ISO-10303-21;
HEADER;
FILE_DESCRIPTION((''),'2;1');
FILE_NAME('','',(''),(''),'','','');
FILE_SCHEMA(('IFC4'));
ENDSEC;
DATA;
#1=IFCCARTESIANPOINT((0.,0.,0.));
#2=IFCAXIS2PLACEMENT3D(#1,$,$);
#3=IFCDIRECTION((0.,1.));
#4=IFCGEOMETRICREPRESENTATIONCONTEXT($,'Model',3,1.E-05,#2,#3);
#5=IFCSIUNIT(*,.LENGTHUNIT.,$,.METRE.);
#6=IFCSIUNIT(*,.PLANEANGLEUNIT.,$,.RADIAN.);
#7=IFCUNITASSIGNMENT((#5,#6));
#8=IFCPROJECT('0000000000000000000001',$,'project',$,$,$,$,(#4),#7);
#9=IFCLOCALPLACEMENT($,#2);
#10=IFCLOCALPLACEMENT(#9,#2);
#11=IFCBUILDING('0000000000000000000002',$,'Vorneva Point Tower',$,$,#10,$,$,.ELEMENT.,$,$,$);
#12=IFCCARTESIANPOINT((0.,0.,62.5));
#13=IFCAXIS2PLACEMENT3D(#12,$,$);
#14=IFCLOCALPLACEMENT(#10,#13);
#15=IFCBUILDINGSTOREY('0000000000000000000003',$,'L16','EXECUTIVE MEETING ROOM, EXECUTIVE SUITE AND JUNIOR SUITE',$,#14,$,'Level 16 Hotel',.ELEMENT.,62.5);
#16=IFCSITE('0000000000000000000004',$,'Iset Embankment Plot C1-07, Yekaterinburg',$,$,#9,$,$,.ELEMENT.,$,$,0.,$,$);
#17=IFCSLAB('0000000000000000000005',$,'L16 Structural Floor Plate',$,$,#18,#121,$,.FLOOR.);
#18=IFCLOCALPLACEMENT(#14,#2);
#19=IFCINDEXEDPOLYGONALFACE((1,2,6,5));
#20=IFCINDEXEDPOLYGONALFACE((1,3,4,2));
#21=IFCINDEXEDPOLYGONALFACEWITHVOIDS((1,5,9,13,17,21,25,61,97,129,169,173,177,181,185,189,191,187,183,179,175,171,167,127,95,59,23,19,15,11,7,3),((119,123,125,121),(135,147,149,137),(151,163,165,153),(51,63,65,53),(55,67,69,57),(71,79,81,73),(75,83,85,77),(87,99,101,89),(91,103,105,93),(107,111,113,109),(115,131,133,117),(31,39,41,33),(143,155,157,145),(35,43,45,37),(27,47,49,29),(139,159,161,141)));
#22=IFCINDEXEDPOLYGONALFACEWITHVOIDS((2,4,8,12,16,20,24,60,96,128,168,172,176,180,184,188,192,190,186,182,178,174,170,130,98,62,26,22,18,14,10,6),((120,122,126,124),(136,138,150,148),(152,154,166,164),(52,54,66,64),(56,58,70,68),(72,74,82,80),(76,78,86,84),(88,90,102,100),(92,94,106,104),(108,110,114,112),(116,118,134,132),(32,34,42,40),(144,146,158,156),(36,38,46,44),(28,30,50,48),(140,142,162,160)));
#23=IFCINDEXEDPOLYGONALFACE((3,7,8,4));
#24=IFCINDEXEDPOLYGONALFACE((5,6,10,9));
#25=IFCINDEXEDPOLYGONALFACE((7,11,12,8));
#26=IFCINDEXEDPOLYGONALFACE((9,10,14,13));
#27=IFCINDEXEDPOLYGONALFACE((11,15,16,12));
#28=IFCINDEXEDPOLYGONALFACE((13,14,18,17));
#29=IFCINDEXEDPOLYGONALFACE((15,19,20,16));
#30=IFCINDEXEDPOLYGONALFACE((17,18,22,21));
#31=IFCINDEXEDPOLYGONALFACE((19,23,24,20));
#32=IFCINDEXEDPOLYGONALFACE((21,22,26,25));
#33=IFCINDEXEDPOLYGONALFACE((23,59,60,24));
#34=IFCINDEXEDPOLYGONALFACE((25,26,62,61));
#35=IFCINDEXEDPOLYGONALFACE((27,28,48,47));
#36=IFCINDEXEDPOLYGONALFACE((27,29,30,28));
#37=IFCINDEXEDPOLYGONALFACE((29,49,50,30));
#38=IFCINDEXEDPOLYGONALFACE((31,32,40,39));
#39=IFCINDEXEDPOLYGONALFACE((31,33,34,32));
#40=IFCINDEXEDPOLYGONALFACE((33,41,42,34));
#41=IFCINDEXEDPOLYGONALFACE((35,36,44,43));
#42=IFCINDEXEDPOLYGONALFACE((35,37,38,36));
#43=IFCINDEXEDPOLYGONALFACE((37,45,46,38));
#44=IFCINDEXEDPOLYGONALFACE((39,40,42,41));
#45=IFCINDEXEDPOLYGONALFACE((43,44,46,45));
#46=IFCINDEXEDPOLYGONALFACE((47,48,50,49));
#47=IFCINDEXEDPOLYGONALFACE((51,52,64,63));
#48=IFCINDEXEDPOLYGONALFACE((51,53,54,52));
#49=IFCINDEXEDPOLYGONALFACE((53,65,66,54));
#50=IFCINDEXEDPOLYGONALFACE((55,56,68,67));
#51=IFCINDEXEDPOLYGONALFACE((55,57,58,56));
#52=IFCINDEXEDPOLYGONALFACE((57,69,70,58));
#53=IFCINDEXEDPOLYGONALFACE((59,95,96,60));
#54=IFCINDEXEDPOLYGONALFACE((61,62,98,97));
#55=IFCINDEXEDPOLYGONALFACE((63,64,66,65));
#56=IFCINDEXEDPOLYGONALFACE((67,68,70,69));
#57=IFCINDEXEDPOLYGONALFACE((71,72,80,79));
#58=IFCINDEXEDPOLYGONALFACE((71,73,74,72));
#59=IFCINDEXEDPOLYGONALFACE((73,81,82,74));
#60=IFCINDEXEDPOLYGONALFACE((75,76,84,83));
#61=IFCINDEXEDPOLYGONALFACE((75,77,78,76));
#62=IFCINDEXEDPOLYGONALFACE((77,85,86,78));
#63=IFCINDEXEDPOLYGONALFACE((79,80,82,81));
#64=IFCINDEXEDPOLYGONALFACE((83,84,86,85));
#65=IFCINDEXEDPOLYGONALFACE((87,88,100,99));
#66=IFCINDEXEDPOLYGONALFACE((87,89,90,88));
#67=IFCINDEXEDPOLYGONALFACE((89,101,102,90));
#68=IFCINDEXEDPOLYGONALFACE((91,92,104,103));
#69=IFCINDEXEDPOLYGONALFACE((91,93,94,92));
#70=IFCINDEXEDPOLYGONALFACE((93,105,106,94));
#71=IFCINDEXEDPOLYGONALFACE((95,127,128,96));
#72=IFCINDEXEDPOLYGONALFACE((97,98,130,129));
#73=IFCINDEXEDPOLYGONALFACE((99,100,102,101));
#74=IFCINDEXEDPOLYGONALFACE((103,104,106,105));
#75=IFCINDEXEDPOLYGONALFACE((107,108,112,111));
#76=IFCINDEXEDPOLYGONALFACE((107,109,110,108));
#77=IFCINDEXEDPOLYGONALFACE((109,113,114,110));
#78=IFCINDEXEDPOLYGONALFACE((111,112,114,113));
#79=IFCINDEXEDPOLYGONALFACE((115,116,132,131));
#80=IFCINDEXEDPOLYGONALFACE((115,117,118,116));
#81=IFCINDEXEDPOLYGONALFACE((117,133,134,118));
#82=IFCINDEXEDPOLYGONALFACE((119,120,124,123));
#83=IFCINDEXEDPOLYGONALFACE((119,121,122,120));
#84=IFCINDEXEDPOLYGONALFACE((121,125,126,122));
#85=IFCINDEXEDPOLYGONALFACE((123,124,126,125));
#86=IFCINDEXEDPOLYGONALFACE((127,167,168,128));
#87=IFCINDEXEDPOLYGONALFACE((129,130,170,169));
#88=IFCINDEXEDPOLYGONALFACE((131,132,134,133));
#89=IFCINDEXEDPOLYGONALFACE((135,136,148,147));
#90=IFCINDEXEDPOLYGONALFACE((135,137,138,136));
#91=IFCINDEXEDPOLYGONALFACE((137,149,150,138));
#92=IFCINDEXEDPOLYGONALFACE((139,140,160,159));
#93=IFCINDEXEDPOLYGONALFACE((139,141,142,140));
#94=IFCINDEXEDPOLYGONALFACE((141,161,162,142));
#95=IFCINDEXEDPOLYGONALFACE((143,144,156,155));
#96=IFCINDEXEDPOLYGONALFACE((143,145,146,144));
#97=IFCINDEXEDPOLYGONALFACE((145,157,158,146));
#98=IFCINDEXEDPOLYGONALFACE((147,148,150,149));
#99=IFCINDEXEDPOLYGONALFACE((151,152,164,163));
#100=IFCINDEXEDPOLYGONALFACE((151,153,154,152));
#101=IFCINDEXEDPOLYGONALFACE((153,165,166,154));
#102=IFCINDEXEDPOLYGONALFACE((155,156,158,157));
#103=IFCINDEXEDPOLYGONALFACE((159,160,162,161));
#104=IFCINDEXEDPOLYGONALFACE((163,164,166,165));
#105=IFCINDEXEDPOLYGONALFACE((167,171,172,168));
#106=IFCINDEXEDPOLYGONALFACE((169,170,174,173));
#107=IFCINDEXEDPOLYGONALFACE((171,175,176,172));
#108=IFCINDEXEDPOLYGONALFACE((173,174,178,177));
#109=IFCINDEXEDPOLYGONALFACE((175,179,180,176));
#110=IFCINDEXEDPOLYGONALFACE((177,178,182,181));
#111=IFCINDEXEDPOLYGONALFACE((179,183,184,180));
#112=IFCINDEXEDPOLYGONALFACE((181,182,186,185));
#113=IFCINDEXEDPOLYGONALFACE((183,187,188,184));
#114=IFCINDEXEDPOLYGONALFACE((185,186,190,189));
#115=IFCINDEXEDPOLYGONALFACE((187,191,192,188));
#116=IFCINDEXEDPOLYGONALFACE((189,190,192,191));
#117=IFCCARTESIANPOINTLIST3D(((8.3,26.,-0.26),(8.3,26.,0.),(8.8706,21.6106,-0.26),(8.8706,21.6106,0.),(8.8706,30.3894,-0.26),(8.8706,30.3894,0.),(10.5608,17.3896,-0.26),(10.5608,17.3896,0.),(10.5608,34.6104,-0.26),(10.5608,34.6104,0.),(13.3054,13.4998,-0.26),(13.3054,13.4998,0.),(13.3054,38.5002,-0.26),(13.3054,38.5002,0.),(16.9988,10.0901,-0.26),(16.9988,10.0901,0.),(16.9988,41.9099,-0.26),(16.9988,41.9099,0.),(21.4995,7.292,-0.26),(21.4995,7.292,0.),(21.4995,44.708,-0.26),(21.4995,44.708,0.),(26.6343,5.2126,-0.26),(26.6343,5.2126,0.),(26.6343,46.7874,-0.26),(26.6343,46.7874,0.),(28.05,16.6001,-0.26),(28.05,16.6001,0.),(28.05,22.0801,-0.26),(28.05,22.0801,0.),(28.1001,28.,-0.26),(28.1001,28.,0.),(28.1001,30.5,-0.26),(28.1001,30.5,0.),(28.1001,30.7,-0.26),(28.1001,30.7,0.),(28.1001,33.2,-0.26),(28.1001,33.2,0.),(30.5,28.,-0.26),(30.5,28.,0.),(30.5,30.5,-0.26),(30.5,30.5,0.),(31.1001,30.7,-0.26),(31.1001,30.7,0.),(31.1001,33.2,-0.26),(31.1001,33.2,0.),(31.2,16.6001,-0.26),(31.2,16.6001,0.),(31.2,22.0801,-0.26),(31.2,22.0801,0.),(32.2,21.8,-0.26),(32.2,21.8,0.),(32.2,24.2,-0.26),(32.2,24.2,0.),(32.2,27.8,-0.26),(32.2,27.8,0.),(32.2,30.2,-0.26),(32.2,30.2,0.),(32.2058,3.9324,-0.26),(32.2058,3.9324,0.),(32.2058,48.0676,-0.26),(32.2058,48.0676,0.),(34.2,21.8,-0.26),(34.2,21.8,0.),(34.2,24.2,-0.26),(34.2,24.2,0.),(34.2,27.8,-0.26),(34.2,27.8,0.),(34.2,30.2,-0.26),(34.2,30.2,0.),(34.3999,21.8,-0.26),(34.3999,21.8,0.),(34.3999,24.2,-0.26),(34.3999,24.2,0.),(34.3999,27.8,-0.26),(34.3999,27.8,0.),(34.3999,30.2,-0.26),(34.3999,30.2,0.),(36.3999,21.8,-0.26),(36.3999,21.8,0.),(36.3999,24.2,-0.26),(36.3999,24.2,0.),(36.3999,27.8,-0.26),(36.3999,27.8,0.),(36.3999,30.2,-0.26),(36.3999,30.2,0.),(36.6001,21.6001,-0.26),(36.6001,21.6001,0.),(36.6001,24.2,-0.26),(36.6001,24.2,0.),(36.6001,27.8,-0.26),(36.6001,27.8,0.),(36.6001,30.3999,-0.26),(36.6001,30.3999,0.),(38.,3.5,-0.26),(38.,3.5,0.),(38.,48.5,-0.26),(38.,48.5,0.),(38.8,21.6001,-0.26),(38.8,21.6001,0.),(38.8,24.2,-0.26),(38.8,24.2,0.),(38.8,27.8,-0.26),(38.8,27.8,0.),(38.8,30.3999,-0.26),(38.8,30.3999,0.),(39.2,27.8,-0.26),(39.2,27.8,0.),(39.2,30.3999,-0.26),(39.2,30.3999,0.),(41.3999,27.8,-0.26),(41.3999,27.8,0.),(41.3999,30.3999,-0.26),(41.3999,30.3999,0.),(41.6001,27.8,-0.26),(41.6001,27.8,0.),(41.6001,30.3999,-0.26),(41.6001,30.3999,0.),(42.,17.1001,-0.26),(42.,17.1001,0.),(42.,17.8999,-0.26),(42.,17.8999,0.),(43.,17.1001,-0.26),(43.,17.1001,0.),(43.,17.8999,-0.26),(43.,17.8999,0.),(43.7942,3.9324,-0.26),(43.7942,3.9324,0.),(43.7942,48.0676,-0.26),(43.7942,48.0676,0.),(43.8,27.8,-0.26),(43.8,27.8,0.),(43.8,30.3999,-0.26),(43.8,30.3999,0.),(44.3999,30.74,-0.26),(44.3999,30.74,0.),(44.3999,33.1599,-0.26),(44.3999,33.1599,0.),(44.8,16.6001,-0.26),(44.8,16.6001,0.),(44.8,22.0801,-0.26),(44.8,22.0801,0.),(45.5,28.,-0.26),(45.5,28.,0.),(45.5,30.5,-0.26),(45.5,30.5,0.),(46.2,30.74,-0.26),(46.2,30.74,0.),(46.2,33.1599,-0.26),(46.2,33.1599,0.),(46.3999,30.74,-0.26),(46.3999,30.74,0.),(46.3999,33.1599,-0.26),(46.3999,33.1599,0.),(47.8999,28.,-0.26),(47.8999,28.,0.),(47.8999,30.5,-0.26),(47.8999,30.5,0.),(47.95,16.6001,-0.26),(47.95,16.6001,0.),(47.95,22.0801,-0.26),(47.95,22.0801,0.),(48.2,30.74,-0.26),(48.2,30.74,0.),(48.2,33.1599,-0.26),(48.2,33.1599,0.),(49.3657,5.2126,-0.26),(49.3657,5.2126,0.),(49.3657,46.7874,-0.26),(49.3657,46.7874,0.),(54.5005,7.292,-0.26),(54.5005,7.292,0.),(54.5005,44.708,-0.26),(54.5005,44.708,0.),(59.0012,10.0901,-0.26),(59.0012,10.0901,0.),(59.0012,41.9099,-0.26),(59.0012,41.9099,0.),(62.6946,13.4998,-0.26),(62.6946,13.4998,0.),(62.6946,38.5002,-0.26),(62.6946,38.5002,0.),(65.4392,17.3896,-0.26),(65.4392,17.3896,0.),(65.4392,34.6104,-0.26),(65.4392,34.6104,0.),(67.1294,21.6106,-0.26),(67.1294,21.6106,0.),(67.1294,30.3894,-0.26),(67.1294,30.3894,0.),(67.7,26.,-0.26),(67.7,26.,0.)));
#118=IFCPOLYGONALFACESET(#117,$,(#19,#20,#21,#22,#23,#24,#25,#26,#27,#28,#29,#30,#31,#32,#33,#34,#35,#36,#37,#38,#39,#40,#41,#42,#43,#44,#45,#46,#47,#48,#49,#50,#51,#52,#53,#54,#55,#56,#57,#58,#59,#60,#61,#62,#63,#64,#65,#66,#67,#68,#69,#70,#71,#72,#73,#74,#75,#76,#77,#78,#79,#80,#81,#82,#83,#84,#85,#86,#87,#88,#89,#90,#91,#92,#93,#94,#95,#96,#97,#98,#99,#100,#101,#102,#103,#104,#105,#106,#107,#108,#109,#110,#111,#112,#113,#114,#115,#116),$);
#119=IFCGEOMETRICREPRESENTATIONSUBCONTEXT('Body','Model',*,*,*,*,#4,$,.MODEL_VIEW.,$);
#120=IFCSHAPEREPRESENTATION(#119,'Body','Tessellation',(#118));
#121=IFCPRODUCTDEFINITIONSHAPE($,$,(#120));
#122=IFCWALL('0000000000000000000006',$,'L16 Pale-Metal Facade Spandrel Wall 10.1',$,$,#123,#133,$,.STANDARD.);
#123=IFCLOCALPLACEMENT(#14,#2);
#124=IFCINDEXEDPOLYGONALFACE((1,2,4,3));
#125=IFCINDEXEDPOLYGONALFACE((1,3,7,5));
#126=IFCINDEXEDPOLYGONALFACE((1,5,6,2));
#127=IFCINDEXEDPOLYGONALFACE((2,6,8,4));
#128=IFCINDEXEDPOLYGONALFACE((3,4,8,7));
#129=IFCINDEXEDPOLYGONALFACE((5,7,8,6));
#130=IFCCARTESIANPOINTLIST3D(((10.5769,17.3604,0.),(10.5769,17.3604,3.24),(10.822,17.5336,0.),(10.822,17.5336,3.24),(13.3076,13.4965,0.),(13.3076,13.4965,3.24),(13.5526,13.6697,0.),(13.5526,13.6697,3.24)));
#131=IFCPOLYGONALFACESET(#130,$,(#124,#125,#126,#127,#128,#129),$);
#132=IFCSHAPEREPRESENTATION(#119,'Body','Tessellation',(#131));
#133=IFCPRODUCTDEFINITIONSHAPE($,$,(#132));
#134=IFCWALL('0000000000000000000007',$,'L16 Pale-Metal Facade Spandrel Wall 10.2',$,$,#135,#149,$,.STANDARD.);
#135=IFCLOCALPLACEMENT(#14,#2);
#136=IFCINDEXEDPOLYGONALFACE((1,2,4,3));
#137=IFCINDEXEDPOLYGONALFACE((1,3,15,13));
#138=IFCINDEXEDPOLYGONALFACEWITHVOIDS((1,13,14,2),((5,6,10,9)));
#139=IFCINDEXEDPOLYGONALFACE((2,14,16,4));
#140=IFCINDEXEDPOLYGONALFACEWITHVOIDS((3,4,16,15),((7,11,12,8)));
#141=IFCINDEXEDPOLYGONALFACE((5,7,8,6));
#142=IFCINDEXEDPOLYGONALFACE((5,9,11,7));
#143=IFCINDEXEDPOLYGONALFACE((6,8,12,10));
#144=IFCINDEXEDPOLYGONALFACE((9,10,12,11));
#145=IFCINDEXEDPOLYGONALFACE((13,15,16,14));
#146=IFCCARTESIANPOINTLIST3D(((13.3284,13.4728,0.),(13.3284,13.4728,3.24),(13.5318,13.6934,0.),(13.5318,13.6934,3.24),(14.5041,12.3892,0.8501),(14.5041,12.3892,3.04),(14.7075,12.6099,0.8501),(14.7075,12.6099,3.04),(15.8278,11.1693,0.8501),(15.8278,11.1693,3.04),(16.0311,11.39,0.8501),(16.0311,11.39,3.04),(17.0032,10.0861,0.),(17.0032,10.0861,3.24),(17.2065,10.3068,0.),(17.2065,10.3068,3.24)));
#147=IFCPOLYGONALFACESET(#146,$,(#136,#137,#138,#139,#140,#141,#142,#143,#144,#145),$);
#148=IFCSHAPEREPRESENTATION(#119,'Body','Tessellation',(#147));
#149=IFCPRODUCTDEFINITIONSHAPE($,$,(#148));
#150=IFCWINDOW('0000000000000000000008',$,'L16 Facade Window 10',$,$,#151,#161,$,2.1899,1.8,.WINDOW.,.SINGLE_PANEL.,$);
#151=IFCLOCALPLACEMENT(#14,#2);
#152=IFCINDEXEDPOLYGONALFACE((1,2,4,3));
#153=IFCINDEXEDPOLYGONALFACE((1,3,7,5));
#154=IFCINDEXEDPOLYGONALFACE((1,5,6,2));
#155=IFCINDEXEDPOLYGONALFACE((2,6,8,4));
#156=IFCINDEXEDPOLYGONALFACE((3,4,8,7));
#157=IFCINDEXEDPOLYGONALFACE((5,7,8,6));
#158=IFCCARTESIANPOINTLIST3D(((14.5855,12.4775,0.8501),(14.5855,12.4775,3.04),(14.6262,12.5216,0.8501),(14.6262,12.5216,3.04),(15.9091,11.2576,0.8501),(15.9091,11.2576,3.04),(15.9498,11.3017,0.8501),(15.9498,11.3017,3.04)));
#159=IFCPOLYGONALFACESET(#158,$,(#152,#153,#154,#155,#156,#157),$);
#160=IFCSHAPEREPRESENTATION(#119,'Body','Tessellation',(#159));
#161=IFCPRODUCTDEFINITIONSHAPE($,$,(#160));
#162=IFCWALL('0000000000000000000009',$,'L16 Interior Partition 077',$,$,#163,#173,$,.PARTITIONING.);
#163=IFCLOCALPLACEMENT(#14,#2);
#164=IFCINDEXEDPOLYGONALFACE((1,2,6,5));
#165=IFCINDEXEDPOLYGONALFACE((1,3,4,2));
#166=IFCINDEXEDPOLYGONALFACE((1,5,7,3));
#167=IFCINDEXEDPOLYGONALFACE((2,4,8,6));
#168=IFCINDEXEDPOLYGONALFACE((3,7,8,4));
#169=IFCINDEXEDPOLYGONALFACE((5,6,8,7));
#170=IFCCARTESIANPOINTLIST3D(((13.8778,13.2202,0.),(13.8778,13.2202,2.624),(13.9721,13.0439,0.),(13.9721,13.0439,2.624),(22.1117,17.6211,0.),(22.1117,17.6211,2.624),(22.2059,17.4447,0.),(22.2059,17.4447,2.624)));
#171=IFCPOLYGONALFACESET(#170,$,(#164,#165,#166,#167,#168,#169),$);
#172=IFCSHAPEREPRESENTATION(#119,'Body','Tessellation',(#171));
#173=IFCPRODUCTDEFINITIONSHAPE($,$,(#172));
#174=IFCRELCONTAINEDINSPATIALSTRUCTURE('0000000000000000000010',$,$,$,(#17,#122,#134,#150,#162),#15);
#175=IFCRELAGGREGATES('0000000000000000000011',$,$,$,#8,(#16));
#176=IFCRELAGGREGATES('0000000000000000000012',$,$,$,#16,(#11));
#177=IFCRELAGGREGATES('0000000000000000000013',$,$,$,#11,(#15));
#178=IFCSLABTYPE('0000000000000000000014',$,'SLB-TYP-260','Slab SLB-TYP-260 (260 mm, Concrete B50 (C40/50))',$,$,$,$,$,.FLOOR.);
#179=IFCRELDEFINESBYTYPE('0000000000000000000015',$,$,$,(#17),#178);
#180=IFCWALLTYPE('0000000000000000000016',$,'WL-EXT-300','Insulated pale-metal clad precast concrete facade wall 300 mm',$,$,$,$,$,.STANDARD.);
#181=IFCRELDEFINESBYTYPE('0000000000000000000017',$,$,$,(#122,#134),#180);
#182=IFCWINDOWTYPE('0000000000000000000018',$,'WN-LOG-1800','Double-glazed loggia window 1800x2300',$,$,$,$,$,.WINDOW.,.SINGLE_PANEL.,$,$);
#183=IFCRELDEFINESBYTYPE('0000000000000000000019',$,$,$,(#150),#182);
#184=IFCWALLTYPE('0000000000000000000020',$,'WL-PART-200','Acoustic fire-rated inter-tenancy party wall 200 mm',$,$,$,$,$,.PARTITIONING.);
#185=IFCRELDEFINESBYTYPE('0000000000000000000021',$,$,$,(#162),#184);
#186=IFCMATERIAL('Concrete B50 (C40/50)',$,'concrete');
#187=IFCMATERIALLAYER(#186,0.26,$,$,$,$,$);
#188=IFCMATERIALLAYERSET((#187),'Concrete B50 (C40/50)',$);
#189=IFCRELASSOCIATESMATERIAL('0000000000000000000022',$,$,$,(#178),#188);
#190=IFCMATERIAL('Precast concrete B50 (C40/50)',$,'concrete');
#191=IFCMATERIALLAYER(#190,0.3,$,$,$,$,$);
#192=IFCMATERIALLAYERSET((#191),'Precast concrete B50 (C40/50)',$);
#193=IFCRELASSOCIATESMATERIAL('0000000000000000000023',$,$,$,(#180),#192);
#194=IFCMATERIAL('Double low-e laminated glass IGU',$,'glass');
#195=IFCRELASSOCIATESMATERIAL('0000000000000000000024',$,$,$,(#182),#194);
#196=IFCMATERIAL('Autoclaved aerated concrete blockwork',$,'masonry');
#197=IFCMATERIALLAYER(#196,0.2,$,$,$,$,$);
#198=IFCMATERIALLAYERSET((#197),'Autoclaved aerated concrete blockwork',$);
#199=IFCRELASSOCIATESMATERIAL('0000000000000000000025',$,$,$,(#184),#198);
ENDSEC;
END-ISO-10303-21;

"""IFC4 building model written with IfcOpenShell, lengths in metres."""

from ifc_helpers import new_model, si_unit, direction, frame, frame_2d, origin, place, context, subcontext, project, spatial, polyline, rectangle, outline, extrude, material, layer, layer_set, type_object, element, fill, save


model = new_model("IFC4")

# Units and contexts
model_context = context("Model", 3, precision=1e-05, world=origin(), true_north=direction((0.0, 1.0)))
body_context = subcontext(model_context, "Body", "Model", "MODEL_VIEW")
ifc_project = project(units=[si_unit("LENGTHUNIT", "METRE"), si_unit("PLANEANGLEUNIT", "RADIAN")], contexts=[model_context])

# Site, building, storey
site_placement = place(None, origin())
site = spatial("IfcSite", under=ifc_project, at=site_placement, Name="Iset Embankment Plot C1-07, Yekaterinburg", CompositionType="ELEMENT", RefElevation=0.0)
building_placement = place(site_placement, origin())
building = spatial("IfcBuilding", under=site, at=building_placement, Name="Vorneva Point Tower", CompositionType="ELEMENT")
storey_placement = place(building_placement, frame((0.0, 0.0, 62.5)))
storey = spatial("IfcBuildingStorey", under=building, at=storey_placement, Name="L16", Description="EXECUTIVE MEETING ROOM, EXECUTIVE SUITE AND JUNIOR SUITE", LongName="Level 16 Hotel", CompositionType="ELEMENT", Elevation=62.5)

# Shared definitions
ifc_material_1 = material(Name="Double low-e laminated glass IGU", Category="glass")

# Shared definitions
ifc_material_2 = material(Name="Concrete B50 (C40/50)", Category="concrete")

# Slab
ifc_layer_1 = layer(ifc_material_2, 0.26)
ifc_layer_set_1 = layer_set([ifc_layer_1], Name="Concrete B50 (C40/50)")
slab_type_1 = type_object("IfcSlabType", Name="SLB-TYP-260", Description="Slab SLB-TYP-260 (260 mm, Concrete B50 (C40/50))", PredefinedType="FLOOR", material=ifc_layer_set_1)
slab_1_placement = place(storey_placement, frame((0.0, 0.0, -0.26)))
element("IfcSlab", 1, at=slab_1_placement, inside=storey, type_object=slab_type_1, Name="L16 Structural Floor Plate", PredefinedType="FLOOR", context=body_context, shape_type="SweptSolid", body=[
    extrude(outline(polyline([(67.7, 26.0), (67.1294, 30.3894), (65.4392, 34.6104), (62.6946, 38.5002), (59.0012, 41.9099), (54.5005, 44.708), (49.3657, 46.7874), (43.7942, 48.0676), (38.0, 48.5), (32.2058, 48.0676), (26.6343, 46.7874), (21.4995, 44.708), (16.9988, 41.9099), (13.3054, 38.5002), (10.5608, 34.6104), (8.8706, 30.3894), (8.3, 26.0), (8.8706, 21.6106), (10.5608, 17.3896), (13.3054, 13.4998), (16.9988, 10.0901), (21.4995, 7.292), (26.6343, 5.2126), (32.2058, 3.9324), (38.0, 3.5), (43.7942, 3.9324), (49.3657, 5.2126), (54.5005, 7.292), (59.0012, 10.0901), (62.6946, 13.4998), (65.4392, 17.3896), (67.1294, 21.6106), (67.7, 26.0)]), holes=[polyline([(32.2, 27.8), (34.2, 27.8), (34.2, 30.2), (32.2, 30.2), (32.2, 27.8)]), polyline([(34.3999, 27.8), (36.3999, 27.8), (36.3999, 30.2), (34.3999, 30.2), (34.3999, 27.8)]), polyline([(36.6001, 27.8), (38.8, 27.8), (38.8, 30.3999), (36.6001, 30.3999), (36.6001, 27.8)]), polyline([(32.2, 21.8), (34.2, 21.8), (34.2, 24.2), (32.2, 24.2), (32.2, 21.8)]), polyline([(34.3999, 21.8), (36.3999, 21.8), (36.3999, 24.2), (34.3999, 24.2), (34.3999, 21.8)]), polyline([(36.6001, 21.6001), (38.8, 21.6001), (38.8, 24.2), (36.6001, 24.2), (36.6001, 21.6001)]), polyline([(39.2, 27.8), (41.3999, 27.8), (41.3999, 30.3999), (39.2, 30.3999), (39.2, 27.8)]), polyline([(41.6001, 27.8), (43.8, 27.8), (43.8, 30.3999), (41.6001, 30.3999), (41.6001, 27.8)]), polyline([(44.3999, 30.74), (46.2, 30.74), (46.2, 33.1599), (44.3999, 33.1599), (44.3999, 30.74)]), polyline([(46.3999, 30.74), (48.2, 30.74), (48.2, 33.1599), (46.3999, 33.1599), (46.3999, 30.74)]), polyline([(28.1001, 28.0), (30.5, 28.0), (30.5, 30.5), (28.1001, 30.5), (28.1001, 28.0)]), polyline([(45.5, 28.0), (47.8999, 28.0), (47.8999, 30.5), (45.5, 30.5), (45.5, 28.0)]), polyline([(28.1001, 30.7), (31.1001, 30.7), (31.1001, 33.2), (28.1001, 33.2), (28.1001, 30.7)]), polyline([(28.05, 16.6001), (31.2, 16.6001), (31.2, 22.0801), (28.05, 22.0801), (28.05, 16.6001)]), polyline([(44.8, 16.6001), (47.95, 16.6001), (47.95, 22.0801), (44.8, 22.0801), (44.8, 16.6001)]), polyline([(42.0, 17.1001), (43.0, 17.1001), (43.0, 17.8999), (42.0, 17.8999), (42.0, 17.1001)])]), origin(), (0.0, 0.0, 1.0), 0.26),
])

# Wall
ifc_material_3 = material(Name="Precast concrete B50 (C40/50)", Category="concrete")
ifc_layer_2 = layer(ifc_material_3, 0.3)
ifc_layer_set_2 = layer_set([ifc_layer_2], Name="Precast concrete B50 (C40/50)")
wall_type_1 = type_object("IfcWallType", Name="WL-EXT-300", Description="Insulated pale-metal clad precast concrete facade wall 300 mm", PredefinedType="STANDARD", material=ifc_layer_set_2)
wall_1_placement = place(storey_placement, frame((10.6995, 17.447, 0.0), z_axis=(0.0, 0.0, 1.0), x_axis=(0.577131, -0.816652, 0.0)))
element("IfcWall", 2, at=wall_1_placement, inside=storey, type_object=wall_type_1, Name="L16 Pale-Metal Facade Spandrel Wall 10.1", PredefinedType="STANDARD", context=body_context, shape_type="SweptSolid", body=[
    extrude(rectangle(XDim=4.7314, YDim=0.3, at=frame_2d((2.3657, 0.0))), origin(), (0.0, 0.0, 1.0), 3.24),
])

# Wall, opening, window
wall_2_placement = place(storey_placement, frame((13.4302, 13.583, 0.0), z_axis=(0.0, 0.0, 1.0), x_axis=(0.735343, -0.677696, 0.0)))
wall_2 = element("IfcWall", 3, at=wall_2_placement, inside=storey, type_object=wall_type_1, Name="L16 Pale-Metal Facade Spandrel Wall 10.2", PredefinedType="STANDARD", context=body_context, shape_type="SweptSolid", body=[
    extrude(rectangle(XDim=4.9973, YDim=0.3, at=frame_2d((2.4985, 0.0))), origin(), (0.0, 0.0, 1.0), 3.24),
])
opening_placement = place(wall_2_placement, frame((1.5989, 0.0, 0.8501)))
opening = element("IfcOpeningElement", 4, at=opening_placement, cuts=wall_2, PredefinedType="OPENING", context=body_context, shape_type="SweptSolid", body=[
    extrude(rectangle(XDim=1.8, YDim=2.1899, at=frame_2d((0.8999, 1.095))), frame((0.0, 0.165, 0.0), z_axis=(0.0, -1.0, 0.0), x_axis=(1.0, 0.0, 0.0)), (0.0, 0.0, 1.0), 0.3298),
])
window_type = type_object("IfcWindowType", Name="WN-LOG-1800", Description="Double-glazed loggia window 1800x2300", PartitioningType="SINGLE_PANEL", PredefinedType="WINDOW", material=ifc_material_1)
window_placement = place(opening_placement, origin())
window = element("IfcWindow", 5, at=window_placement, inside=storey, type_object=window_type, Name="L16 Facade Window 10", OverallHeight=2.1899, OverallWidth=1.8, PartitioningType="SINGLE_PANEL", PredefinedType="WINDOW", context=body_context, shape_type="SweptSolid", body=[
    extrude(rectangle(XDim=1.8, YDim=2.1899, at=frame_2d((0.8999, 1.095))), frame((0.0, 0.03, 0.0), z_axis=(0.0, -1.0, 0.0), x_axis=(1.0, 0.0, 0.0)), (0.0, 0.0, 1.0), 0.0601),
])
fill(opening, window)

# Wall
ifc_material_4 = material(Name="Autoclaved aerated concrete blockwork", Category="masonry")
ifc_layer_3 = layer(ifc_material_4, 0.2)
ifc_layer_set_3 = layer_set([ifc_layer_3], Name="Autoclaved aerated concrete blockwork")
wall_type_2 = type_object("IfcWallType", Name="WL-PART-200", Description="Acoustic fire-rated inter-tenancy party wall 200 mm", PredefinedType="PARTITIONING", material=ifc_layer_set_3)
wall_3_placement = place(storey_placement, frame((13.925, 13.1321, 0.0), z_axis=(0.0, 0.0, 1.0), x_axis=(0.881931, 0.471378, 0.0)))
element("IfcWall", 6, at=wall_3_placement, inside=storey, type_object=wall_type_2, Name="L16 Interior Partition 077", PredefinedType="PARTITIONING", context=body_context, shape_type="SweptSolid", body=[
    extrude(rectangle(XDim=9.3362, YDim=0.2, at=frame_2d((4.668, 0.0))), origin(), (0.0, 0.0, 1.0), 2.624),
])

save(model, "model.ifc")
